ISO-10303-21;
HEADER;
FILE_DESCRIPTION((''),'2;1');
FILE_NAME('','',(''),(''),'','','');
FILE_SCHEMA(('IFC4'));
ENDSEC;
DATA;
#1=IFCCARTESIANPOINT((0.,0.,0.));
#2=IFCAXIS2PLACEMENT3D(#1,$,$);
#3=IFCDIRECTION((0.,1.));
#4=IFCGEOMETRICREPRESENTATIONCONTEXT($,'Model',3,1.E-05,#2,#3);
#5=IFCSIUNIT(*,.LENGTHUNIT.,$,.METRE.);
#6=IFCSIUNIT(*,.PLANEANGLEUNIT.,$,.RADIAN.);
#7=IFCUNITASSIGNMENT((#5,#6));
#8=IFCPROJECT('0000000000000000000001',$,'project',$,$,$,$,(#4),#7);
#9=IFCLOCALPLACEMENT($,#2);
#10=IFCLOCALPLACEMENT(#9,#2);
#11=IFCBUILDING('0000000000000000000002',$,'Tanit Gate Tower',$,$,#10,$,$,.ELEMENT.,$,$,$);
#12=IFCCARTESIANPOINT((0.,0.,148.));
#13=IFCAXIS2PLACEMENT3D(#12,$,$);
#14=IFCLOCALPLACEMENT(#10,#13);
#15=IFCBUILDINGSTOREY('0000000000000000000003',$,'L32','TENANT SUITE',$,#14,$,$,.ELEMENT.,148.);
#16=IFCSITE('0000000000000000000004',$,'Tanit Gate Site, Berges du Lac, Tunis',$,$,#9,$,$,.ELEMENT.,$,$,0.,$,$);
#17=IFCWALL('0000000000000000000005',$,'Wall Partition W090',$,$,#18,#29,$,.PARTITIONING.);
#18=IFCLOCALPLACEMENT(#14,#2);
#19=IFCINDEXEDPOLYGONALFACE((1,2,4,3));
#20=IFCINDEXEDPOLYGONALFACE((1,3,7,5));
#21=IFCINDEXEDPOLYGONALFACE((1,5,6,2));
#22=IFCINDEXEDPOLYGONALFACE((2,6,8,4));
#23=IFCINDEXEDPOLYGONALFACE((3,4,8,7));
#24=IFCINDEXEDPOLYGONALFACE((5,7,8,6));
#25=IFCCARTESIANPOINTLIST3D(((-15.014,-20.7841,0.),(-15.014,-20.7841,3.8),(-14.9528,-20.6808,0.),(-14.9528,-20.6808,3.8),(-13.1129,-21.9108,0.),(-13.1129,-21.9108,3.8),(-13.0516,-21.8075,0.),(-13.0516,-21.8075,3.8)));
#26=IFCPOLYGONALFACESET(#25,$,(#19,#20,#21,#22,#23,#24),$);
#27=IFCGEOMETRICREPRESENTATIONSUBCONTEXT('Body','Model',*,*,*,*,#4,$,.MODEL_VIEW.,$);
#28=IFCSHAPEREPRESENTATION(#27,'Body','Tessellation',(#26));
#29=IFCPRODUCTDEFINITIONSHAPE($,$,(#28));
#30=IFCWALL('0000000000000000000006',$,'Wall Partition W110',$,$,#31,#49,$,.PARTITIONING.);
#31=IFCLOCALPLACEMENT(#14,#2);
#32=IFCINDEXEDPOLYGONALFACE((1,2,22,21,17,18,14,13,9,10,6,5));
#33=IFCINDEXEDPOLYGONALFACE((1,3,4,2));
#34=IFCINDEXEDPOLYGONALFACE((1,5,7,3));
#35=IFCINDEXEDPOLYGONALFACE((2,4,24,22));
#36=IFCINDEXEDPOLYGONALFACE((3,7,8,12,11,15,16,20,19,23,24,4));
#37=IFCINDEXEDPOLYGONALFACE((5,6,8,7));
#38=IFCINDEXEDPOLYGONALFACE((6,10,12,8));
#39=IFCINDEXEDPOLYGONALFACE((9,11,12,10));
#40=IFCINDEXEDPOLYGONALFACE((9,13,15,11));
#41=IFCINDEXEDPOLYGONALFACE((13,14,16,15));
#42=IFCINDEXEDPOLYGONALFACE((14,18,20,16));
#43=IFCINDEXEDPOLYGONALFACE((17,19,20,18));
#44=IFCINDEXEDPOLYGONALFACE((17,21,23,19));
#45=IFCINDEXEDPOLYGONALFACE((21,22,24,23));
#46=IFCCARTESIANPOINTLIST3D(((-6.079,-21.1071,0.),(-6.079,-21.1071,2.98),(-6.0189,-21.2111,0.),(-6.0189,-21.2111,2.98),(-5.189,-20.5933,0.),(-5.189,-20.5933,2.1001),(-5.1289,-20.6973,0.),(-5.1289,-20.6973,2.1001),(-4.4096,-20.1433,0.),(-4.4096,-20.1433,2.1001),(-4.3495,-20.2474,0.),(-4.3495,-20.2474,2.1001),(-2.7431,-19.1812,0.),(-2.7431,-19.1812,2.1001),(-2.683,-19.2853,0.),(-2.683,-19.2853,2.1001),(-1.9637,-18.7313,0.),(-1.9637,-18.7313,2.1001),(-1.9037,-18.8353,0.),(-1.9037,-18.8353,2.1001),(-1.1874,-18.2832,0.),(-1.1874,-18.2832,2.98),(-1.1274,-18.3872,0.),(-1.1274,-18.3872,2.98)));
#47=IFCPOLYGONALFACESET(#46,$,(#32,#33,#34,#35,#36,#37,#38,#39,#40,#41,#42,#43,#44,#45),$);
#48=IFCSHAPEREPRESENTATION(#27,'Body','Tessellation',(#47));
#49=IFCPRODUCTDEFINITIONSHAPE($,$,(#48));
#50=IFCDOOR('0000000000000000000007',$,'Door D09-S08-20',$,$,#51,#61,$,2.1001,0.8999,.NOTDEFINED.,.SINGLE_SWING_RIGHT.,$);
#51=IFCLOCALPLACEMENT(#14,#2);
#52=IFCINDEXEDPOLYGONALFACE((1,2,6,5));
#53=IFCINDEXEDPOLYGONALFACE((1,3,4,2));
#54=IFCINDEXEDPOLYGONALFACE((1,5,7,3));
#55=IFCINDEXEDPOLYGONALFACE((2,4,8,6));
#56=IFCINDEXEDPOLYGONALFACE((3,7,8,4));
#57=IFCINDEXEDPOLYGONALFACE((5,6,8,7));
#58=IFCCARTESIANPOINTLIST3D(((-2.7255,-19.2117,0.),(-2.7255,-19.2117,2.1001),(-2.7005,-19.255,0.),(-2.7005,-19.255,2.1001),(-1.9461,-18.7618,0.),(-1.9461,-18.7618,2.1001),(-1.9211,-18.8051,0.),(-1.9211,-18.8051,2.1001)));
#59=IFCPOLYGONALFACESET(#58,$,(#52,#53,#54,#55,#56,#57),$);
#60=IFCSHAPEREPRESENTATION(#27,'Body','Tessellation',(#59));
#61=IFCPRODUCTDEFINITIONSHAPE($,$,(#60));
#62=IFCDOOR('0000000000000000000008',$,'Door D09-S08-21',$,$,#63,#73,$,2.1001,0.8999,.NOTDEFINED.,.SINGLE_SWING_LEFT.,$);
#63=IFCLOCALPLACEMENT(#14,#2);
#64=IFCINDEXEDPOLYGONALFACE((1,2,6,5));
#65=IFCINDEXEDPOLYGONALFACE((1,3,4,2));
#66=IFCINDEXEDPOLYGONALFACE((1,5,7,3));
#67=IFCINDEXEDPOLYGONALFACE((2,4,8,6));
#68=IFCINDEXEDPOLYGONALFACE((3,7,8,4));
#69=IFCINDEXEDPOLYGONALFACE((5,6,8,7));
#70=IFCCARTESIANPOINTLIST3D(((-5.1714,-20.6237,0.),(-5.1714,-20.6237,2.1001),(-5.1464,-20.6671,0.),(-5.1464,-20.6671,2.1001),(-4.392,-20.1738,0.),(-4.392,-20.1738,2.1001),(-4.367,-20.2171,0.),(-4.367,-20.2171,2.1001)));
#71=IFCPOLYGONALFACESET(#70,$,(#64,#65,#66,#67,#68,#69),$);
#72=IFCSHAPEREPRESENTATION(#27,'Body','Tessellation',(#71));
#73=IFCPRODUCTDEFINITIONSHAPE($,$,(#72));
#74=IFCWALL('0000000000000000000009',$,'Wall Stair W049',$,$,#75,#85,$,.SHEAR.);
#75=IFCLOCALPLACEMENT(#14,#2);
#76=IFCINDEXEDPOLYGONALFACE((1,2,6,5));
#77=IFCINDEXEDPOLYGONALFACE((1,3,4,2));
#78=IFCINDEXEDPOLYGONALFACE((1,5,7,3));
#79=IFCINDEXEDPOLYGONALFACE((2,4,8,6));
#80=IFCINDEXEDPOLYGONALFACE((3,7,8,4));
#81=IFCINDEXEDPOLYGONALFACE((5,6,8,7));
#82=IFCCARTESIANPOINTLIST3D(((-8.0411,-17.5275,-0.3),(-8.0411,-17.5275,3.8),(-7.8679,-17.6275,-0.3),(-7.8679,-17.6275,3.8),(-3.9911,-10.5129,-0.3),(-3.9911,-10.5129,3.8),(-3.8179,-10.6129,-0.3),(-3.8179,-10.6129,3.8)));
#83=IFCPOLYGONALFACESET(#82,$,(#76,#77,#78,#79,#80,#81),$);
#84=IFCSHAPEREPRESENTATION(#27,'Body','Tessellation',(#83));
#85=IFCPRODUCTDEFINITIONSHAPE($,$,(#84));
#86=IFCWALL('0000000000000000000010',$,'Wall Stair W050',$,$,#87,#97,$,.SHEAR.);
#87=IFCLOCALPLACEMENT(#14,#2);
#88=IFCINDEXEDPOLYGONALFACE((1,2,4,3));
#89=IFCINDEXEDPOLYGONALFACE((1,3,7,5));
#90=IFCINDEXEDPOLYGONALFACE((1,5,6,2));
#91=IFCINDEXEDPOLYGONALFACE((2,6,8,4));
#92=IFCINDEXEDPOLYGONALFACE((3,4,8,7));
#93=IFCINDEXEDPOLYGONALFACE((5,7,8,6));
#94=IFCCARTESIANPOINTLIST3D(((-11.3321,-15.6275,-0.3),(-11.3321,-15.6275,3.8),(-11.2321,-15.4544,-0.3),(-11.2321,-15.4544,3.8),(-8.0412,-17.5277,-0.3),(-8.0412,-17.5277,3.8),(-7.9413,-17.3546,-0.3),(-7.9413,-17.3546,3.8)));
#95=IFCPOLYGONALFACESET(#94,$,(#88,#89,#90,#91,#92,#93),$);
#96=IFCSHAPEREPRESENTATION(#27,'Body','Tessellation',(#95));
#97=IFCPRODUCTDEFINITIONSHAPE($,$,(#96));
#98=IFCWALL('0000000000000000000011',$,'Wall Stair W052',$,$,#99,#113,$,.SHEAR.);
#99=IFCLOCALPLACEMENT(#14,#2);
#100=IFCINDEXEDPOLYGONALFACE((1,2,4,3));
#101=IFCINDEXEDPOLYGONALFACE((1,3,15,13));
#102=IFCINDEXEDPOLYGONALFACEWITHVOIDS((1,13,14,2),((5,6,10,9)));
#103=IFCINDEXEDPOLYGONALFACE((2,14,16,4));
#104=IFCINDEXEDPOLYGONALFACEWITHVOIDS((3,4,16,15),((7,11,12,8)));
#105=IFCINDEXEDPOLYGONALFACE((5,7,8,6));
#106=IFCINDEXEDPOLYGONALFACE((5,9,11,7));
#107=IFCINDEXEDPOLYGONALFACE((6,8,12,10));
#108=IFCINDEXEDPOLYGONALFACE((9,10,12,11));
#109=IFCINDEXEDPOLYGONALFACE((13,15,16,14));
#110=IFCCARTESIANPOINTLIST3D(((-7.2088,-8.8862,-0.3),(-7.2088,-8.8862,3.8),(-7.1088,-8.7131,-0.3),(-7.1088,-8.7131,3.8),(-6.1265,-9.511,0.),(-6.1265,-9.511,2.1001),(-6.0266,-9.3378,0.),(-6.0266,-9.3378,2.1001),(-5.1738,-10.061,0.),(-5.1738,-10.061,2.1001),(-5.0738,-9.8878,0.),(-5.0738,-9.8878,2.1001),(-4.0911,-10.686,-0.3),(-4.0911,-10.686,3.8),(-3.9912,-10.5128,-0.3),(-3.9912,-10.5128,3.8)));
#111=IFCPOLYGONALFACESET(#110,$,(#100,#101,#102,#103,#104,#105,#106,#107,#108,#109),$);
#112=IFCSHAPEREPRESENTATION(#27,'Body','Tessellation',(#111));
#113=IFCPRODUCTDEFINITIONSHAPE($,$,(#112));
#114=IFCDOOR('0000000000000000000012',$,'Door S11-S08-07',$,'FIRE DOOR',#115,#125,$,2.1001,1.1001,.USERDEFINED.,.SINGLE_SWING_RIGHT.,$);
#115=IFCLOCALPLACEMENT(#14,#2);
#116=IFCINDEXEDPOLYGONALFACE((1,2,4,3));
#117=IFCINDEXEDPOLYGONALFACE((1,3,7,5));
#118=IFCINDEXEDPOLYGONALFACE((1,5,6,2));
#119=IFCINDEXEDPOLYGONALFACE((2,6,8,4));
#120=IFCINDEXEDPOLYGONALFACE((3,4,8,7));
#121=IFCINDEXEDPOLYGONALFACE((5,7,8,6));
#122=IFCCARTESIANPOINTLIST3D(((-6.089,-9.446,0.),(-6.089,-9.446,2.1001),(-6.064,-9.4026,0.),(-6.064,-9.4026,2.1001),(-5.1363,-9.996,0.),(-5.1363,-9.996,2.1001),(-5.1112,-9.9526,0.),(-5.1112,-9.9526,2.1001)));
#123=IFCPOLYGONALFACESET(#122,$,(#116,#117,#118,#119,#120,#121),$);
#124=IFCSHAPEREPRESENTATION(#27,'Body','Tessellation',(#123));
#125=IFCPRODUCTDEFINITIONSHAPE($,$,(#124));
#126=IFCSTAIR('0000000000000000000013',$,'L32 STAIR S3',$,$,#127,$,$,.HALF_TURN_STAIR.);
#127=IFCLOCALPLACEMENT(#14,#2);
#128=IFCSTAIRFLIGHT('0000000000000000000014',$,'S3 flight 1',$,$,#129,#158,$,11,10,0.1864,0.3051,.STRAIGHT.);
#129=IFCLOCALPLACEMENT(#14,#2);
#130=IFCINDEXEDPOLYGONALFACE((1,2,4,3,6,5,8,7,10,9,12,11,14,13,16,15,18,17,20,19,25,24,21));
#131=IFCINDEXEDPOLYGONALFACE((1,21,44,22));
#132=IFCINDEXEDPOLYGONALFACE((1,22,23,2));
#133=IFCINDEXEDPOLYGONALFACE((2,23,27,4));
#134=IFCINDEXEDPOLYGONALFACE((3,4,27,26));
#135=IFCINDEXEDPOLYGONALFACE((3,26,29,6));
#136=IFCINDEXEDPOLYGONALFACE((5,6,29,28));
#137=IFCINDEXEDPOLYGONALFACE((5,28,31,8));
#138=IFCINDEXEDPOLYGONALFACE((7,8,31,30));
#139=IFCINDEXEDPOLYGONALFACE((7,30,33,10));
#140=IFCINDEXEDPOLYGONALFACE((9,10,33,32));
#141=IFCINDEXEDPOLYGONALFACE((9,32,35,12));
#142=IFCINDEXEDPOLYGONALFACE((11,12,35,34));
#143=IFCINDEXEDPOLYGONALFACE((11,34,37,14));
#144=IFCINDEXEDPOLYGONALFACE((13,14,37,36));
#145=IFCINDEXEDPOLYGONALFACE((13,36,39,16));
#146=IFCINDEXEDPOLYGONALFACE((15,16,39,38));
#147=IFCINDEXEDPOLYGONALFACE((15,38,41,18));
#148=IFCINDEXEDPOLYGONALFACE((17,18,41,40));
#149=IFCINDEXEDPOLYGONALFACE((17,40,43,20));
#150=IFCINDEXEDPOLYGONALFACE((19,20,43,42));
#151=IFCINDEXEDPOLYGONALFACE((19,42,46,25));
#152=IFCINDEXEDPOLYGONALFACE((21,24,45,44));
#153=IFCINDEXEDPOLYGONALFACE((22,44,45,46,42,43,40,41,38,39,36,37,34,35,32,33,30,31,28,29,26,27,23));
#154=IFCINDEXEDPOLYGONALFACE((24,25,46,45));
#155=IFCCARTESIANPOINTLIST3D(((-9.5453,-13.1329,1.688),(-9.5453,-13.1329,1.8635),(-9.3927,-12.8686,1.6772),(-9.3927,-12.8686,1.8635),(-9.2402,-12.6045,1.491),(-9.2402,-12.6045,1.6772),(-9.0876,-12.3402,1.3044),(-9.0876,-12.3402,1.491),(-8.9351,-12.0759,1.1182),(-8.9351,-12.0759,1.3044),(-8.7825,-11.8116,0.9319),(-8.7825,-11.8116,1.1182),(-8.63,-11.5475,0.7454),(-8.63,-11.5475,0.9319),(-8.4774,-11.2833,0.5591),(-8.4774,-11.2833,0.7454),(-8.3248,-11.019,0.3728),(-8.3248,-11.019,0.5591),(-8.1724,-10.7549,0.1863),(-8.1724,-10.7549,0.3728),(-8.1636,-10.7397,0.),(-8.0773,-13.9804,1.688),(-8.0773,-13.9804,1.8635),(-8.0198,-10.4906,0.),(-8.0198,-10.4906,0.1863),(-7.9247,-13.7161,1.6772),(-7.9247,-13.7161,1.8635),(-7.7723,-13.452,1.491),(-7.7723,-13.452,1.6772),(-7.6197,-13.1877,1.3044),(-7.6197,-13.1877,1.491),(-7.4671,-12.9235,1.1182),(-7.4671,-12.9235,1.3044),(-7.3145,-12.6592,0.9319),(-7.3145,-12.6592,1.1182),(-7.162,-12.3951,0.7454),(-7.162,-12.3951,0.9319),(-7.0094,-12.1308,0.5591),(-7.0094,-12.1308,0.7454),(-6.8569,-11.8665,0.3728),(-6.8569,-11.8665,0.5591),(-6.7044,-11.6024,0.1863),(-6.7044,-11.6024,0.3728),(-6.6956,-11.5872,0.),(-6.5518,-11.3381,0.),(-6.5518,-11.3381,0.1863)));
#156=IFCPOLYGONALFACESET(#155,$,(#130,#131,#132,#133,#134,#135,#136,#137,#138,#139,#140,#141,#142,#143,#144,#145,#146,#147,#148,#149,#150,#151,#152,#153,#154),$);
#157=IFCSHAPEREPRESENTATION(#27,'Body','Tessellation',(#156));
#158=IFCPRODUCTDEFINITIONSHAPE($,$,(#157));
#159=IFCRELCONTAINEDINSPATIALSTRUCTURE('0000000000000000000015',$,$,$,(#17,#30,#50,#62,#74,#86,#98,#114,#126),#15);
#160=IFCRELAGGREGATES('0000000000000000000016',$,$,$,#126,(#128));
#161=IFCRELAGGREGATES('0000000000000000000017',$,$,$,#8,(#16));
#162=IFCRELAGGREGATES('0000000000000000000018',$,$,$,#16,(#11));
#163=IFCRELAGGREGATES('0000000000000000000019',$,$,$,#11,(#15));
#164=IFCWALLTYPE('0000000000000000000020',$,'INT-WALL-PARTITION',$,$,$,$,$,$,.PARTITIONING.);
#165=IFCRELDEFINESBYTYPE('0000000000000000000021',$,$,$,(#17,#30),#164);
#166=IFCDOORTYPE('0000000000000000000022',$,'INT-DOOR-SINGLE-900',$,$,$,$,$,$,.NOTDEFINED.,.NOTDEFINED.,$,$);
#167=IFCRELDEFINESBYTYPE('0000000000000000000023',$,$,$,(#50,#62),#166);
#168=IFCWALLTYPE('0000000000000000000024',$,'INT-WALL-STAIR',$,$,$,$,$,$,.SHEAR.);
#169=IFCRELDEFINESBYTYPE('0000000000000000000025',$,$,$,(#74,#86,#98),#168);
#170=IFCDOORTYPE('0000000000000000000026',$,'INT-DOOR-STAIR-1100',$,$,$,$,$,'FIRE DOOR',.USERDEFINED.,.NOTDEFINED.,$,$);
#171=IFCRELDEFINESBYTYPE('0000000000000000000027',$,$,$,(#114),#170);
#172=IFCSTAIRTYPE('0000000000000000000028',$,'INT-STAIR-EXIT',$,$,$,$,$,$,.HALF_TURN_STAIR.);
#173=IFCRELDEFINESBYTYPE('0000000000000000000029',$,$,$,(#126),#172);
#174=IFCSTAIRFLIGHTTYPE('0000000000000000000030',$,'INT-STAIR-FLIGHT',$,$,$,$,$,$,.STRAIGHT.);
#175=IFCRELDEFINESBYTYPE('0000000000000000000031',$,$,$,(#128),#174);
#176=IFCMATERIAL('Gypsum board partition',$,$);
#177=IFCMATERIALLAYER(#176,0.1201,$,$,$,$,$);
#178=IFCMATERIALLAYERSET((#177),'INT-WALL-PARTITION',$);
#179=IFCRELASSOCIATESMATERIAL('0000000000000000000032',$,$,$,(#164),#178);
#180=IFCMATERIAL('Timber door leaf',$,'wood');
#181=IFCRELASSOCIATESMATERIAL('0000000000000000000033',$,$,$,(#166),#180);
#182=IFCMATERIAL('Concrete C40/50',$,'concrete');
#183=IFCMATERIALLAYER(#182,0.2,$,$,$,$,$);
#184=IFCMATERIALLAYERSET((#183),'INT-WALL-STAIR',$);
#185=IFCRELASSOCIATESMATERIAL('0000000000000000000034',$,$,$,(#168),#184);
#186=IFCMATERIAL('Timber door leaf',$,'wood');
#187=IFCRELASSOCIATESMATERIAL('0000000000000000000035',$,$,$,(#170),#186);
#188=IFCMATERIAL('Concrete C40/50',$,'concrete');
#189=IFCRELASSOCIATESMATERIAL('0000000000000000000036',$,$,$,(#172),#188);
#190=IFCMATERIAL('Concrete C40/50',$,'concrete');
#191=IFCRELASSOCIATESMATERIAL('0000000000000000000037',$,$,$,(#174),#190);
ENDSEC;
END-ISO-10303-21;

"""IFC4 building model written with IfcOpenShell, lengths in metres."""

from ifc_helpers import new_model, si_unit, direction, frame, frame_2d, origin, place, context, subcontext, project, spatial, polyline, rectangle, outline, extrude, material, layer, layer_set, type_object, element, fill, aggregate, save


model = new_model("IFC4")

# Units and contexts
model_context = context("Model", 3, precision=1e-05, world=origin(), true_north=direction((0.0, 1.0)))
body_context = subcontext(model_context, "Body", "Model", "MODEL_VIEW")
ifc_project = project(units=[si_unit("LENGTHUNIT", "METRE"), si_unit("PLANEANGLEUNIT", "RADIAN")], contexts=[model_context])

# Site, building, storey
site_placement = place(None, origin())
site = spatial("IfcSite", under=ifc_project, at=site_placement, Name="Tanit Gate Site, Berges du Lac, Tunis", CompositionType="ELEMENT", RefElevation=0.0)
building_placement = place(site_placement, origin())
building = spatial("IfcBuilding", under=site, at=building_placement, Name="Tanit Gate Tower", CompositionType="ELEMENT")
storey_placement = place(building_placement, frame((0.0, 0.0, 148.0)))
storey = spatial("IfcBuildingStorey", under=building, at=storey_placement, Name="L32", Description="TENANT SUITE", CompositionType="ELEMENT", Elevation=148.0)

# Wall
ifc_material_1 = material(Name="Gypsum board partition")
ifc_layer_1 = layer(ifc_material_1, 0.1201)
ifc_layer_set_1 = layer_set([ifc_layer_1], Name="INT-WALL-PARTITION")
wall_type_1 = type_object("IfcWallType", Name="INT-WALL-PARTITION", PredefinedType="PARTITIONING", material=ifc_layer_set_1)
wall_1_placement = place(storey_placement, frame((-14.9834, -20.7324, 0.0), z_axis=(0.0, 0.0, 1.0), x_axis=(0.860268, -0.509842, 0.0)))
element("IfcWall", 1, at=wall_1_placement, inside=storey, type_object=wall_type_1, Name="Wall Partition W090", PredefinedType="PARTITIONING", context=body_context, shape_type="SweptSolid", body=[
    extrude(rectangle(XDim=2.21, YDim=0.1201, at=frame_2d((1.105, 0.0))), origin(), (0.0, 0.0, 1.0), 3.8),
])

# Wall, openings, doors
wall_2_placement = place(storey_placement, frame((-6.0491, -21.1592, 0.0), z_axis=(0.0, 0.0, 1.0), x_axis=(0.86604, 0.499974, 0.0)))
wall_2 = element("IfcWall", 2, at=wall_2_placement, inside=storey, type_object=wall_type_1, Name="Wall Partition W110", PredefinedType="PARTITIONING", context=body_context, shape_type="SweptSolid", body=[
    extrude(rectangle(XDim=5.6482, YDim=0.1201, at=frame_2d((2.8242, 0.0))), origin(), (0.0, 0.0, 1.0), 2.98),
])
opening_1_placement = place(wall_2_placement, frame((3.8521, 0.0, 0.0)))
opening_1 = element("IfcOpeningElement", 3, at=opening_1_placement, cuts=wall_2, PredefinedType="OPENING", context=body_context, shape_type="SweptSolid", body=[
    extrude(rectangle(XDim=0.8999, YDim=2.1001, at=frame_2d((0.45, 1.05))), frame((0.0, 0.0701, 0.0), z_axis=(0.0, -1.0, 0.0), x_axis=(1.0, 0.0, 0.0)), (0.0, 0.0, 1.0), 0.1401),
])
opening_2_placement = place(wall_2_placement, frame((1.0278, 0.0, 0.0)))
opening_2 = element("IfcOpeningElement", 4, at=opening_2_placement, cuts=wall_2, PredefinedType="OPENING", context=body_context, shape_type="SweptSolid", body=[
    extrude(rectangle(XDim=0.8999, YDim=2.1001, at=frame_2d((0.45, 1.05))), frame((0.0, 0.0701, 0.0), z_axis=(0.0, -1.0, 0.0), x_axis=(1.0, 0.0, 0.0)), (0.0, 0.0, 1.0), 0.1401),
])
ifc_material_2 = material(Name="Timber door leaf", Category="wood")
door_type_1 = type_object("IfcDoorType", Name="INT-DOOR-SINGLE-900", OperationType="NOTDEFINED", PredefinedType="NOTDEFINED", material=ifc_material_2)
door_1_placement = place(opening_1_placement, origin())
door_1 = element("IfcDoor", 5, at=door_1_placement, inside=storey, type_object=door_type_1, Name="Door D09-S08-20", OperationType="SINGLE_SWING_RIGHT", OverallHeight=2.1001, OverallWidth=0.8999, PredefinedType="NOTDEFINED", context=body_context, shape_type="SweptSolid", body=[
    extrude(rectangle(XDim=0.8999, YDim=2.1001, at=frame_2d((0.45, 1.05))), frame((0.0, 0.0249, 0.0), z_axis=(0.0, -1.0, 0.0), x_axis=(1.0, 0.0, 0.0)), (0.0, 0.0, 1.0), 0.05),
])
fill(opening_1, door_1)
door_2_placement = place(opening_2_placement, origin())
door_2 = element("IfcDoor", 6, at=door_2_placement, inside=storey, type_object=door_type_1, Name="Door D09-S08-21", OperationType="SINGLE_SWING_LEFT", OverallHeight=2.1001, OverallWidth=0.8999, PredefinedType="NOTDEFINED", context=body_context, shape_type="SweptSolid", body=[
    extrude(rectangle(XDim=0.8999, YDim=2.1001, at=frame_2d((0.45, 1.05))), frame((0.0, 0.0249, 0.0), z_axis=(0.0, -1.0, 0.0), x_axis=(1.0, 0.0, 0.0)), (0.0, 0.0, 1.0), 0.05),
])
fill(opening_2, door_2)

# Walls
ifc_material_3 = material(Name="Concrete C40/50", Category="concrete")
ifc_layer_2 = layer(ifc_material_3, 0.2)
ifc_layer_set_2 = layer_set([ifc_layer_2], Name="INT-WALL-STAIR")
wall_type_2 = type_object("IfcWallType", Name="INT-WALL-STAIR", PredefinedType="SHEAR", material=ifc_layer_set_2)
wall_3_placement = place(storey_placement, frame((-3.9045, -10.563, -0.3), z_axis=(0.0, 0.0, 1.0), x_axis=(-0.500013, -0.866018, 0.0)))
element("IfcWall", 7, at=wall_3_placement, inside=storey, type_object=wall_type_2, Name="Wall Stair W049", PredefinedType="SHEAR", context=body_context, shape_type="SweptSolid", body=[
    extrude(rectangle(XDim=8.0999, YDim=0.2, at=frame_2d((4.0498, 0.0))), origin(), (0.0, 0.0, 1.0), 4.1001),
])
wall_4_placement = place(storey_placement, frame((-11.282, -15.541, -0.3), z_axis=(0.0, 0.0, 1.0), x_axis=(0.866, -0.500043, 0.0)))
element("IfcWall", 8, at=wall_4_placement, inside=storey, type_object=wall_type_2, Name="Wall Stair W050", PredefinedType="SHEAR", context=body_context, shape_type="SweptSolid", body=[
    extrude(rectangle(XDim=3.8, YDim=0.2, at=frame_2d((1.8999, 0.0))), origin(), (0.0, 0.0, 1.0), 4.1001),
])

# Wall, opening, door
wall_5_placement = place(storey_placement, frame((-4.0413, -10.5994, -0.3), z_axis=(0.0, 0.0, 1.0), x_axis=(-0.866048, 0.499961, 0.0)))
wall_5 = element("IfcWall", 9, at=wall_5_placement, inside=storey, type_object=wall_type_2, Name="Wall Stair W052", PredefinedType="SHEAR", context=body_context, shape_type="SweptSolid", body=[
    extrude(rectangle(XDim=3.5999, YDim=0.2, at=frame_2d((1.7998, 0.0))), origin(), (0.0, 0.0, 1.0), 4.1001),
])
opening_3_placement = place(wall_5_placement, frame((1.25, 0.0, 0.3)))
opening_3 = element("IfcOpeningElement", 10, at=opening_3_placement, cuts=wall_5, PredefinedType="OPENING", context=body_context, shape_type="SweptSolid", body=[
    extrude(rectangle(XDim=1.1001, YDim=2.1001, at=frame_2d((0.55, 1.05))), frame((0.0, 0.1099, 0.0), z_axis=(0.0, -1.0, 0.0), x_axis=(1.0, 0.0, 0.0)), (0.0, 0.0, 1.0), 0.22),
])
ifc_material_4 = material(Name="Timber door leaf", Category="wood")
door_type_2 = type_object("IfcDoorType", Name="INT-DOOR-STAIR-1100", ElementType="FIRE DOOR", OperationType="NOTDEFINED", PredefinedType="USERDEFINED", material=ifc_material_4)
door_3_placement = place(opening_3_placement, origin())
door_3 = element("IfcDoor", 11, at=door_3_placement, inside=storey, type_object=door_type_2, Name="Door S11-S08-07", ObjectType="FIRE DOOR", OperationType="SINGLE_SWING_RIGHT", OverallHeight=2.1001, OverallWidth=1.1001, PredefinedType="USERDEFINED", context=body_context, shape_type="SweptSolid", body=[
    extrude(rectangle(XDim=1.1001, YDim=2.1001, at=frame_2d((0.55, 1.05))), frame((0.0, 0.0249, 0.0), z_axis=(0.0, -1.0, 0.0), x_axis=(1.0, 0.0, 0.0)), (0.0, 0.0, 1.0), 0.05),
])
fill(opening_3, door_3)

# Stair, stair flight
ifc_material_5 = material(Name="Concrete C40/50", Category="concrete")
stair_type = type_object("IfcStairType", Name="INT-STAIR-EXIT", PredefinedType="HALF_TURN_STAIR", material=ifc_material_5)
stair_placement = place(storey_placement, origin())
stair = element("IfcStair", 12, at=stair_placement, inside=storey, type_object=stair_type, Name="L32 STAIR S3", PredefinedType="HALF_TURN_STAIR")
ifc_material_6 = material(Name="Concrete C40/50", Category="concrete")
stair_flight_type = type_object("IfcStairFlightType", Name="INT-STAIR-FLIGHT", PredefinedType="STRAIGHT", material=ifc_material_6)
stair_flight_1_placement = place(storey_placement, frame((-7.2859, -10.9143, 0.0), z_axis=(0.0, 0.0, 1.0), x_axis=(-0.5, -0.866025, 0.0)))
stair_flight_1 = element("IfcStairFlight", 13, at=stair_flight_1_placement, type_object=stair_flight_type, Name="S3 flight 1", NumberOfRisers=11, NumberOfTreads=10, PredefinedType="STRAIGHT", RiserHeight=0.1864, TreadLength=0.3051, context=body_context, shape_type="SweptSolid", body=[
    extrude(outline(polyline([(0.0, 0.0), (0.0, 0.1863), (0.3052, 0.1863), (0.3052, 0.3728), (0.6101, 0.3728), (0.6101, 0.5591), (0.9153, 0.5591), (0.9153, 0.7454), (1.2205, 0.7454), (1.2205, 0.9319), (1.5254, 0.9319), (1.5254, 1.1182), (1.8306, 1.1182), (1.8306, 1.3044), (2.1357, 1.3044), (2.1357, 1.491), (2.4409, 1.491), (2.4409, 1.6772), (2.7458, 1.6772), (2.7458, 1.8635), (3.051, 1.8635), (3.051, 2.05), (3.051, 1.688), (0.2876, 0.0), (0.0, 0.0)])), frame((0.0, 0.8477, 0.0), z_axis=(0.0, -1.0, 0.0), x_axis=(1.0, 0.0, 0.0)), (0.0, 0.0, 1.0), 1.6951),
])
aggregate(stair, [stair_flight_1])

save(model, "model.ifc")
